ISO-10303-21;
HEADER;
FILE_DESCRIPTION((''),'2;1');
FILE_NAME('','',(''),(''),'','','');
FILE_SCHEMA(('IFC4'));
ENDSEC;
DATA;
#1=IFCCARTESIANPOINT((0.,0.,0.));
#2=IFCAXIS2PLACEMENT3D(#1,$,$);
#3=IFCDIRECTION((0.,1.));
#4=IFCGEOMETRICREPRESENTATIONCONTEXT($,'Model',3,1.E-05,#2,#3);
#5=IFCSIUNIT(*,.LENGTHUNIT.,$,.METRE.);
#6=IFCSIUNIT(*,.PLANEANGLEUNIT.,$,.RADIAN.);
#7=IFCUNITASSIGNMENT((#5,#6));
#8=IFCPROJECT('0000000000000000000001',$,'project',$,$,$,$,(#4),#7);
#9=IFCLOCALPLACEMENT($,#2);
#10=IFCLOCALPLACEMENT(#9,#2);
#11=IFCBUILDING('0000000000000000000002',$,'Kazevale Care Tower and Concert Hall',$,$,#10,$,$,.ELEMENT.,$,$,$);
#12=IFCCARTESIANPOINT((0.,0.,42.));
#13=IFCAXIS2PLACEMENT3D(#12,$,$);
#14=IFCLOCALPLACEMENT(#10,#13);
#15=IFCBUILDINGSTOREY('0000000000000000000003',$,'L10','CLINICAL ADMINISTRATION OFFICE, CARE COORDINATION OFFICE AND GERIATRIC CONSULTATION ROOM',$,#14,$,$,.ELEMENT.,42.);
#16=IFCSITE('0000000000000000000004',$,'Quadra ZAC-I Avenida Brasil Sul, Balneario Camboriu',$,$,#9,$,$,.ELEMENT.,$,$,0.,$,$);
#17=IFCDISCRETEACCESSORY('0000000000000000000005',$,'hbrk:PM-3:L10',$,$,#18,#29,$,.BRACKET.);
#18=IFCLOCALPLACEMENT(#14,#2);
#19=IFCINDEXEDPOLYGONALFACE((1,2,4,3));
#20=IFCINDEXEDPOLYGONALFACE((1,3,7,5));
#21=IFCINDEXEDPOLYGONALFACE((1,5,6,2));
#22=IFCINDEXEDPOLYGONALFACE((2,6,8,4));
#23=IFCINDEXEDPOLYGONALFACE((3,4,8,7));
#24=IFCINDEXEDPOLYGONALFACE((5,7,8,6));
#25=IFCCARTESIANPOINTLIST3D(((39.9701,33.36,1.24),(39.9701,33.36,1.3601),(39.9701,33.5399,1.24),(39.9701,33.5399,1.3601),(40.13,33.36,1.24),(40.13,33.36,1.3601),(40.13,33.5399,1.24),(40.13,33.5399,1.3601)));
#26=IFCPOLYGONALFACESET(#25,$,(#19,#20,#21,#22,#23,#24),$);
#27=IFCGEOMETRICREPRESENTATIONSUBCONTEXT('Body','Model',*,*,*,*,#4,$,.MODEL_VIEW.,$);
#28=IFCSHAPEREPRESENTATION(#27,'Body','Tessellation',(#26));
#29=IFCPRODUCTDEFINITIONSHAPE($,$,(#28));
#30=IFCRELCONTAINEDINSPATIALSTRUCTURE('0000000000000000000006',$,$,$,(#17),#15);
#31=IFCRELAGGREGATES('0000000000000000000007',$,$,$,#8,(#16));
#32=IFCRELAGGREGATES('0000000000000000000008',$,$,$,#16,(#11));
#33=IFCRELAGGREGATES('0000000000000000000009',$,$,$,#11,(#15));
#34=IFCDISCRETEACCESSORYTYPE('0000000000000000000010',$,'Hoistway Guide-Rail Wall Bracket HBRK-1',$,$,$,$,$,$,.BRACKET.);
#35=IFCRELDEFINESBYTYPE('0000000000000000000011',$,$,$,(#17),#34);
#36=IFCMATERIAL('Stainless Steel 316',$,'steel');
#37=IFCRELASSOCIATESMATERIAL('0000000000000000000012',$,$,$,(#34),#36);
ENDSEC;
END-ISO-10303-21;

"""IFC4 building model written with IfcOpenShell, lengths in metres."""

from ifc_helpers import new_model, si_unit, direction, frame, origin, origin_2d, place, context, subcontext, project, spatial, rectangle, extrude, material, type_object, element, save


model = new_model("IFC4")

# Units and contexts
model_context = context("Model", 3, precision=1e-05, world=origin(), true_north=direction((0.0, 1.0)))
body_context = subcontext(model_context, "Body", "Model", "MODEL_VIEW")
ifc_project = project(units=[si_unit("LENGTHUNIT", "METRE"), si_unit("PLANEANGLEUNIT", "RADIAN")], contexts=[model_context])

# Site, building, storey
site_placement = place(None, origin())
site = spatial("IfcSite", under=ifc_project, at=site_placement, Name="Quadra ZAC-I Avenida Brasil Sul, Balneario Camboriu", CompositionType="ELEMENT", RefElevation=0.0)
building_placement = place(site_placement, origin())
building = spatial("IfcBuilding", under=site, at=building_placement, Name="Kazevale Care Tower and Concert Hall", CompositionType="ELEMENT")
storey_placement = place(building_placement, frame((0.0, 0.0, 42.0)))
storey = spatial("IfcBuildingStorey", under=building, at=storey_placement, Name="L10", Description="CLINICAL ADMINISTRATION OFFICE, CARE COORDINATION OFFICE AND GERIATRIC CONSULTATION ROOM", CompositionType="ELEMENT", Elevation=42.0)

# Shared definitions
ifc_material_1 = material(Name="Stainless Steel 316", Category="steel")

# Discrete accessory
discrete_accessory_type = type_object("IfcDiscreteAccessoryType", Name="Hoistway Guide-Rail Wall Bracket HBRK-1", PredefinedType="BRACKET", material=ifc_material_1)
for number, where, z_axis, x_axis, name in (
    (1, (40.05, 33.45, 1.24), (0.0, 0.0, 1.0), (1.0, 0.0, 0.0), "hbrk:PM-3:L10"),
):
    element("IfcDiscreteAccessory", number, at=place(storey_placement, frame(where, z_axis=z_axis, x_axis=x_axis)), inside=storey, type_object=discrete_accessory_type, Name=name, PredefinedType="BRACKET", context=body_context, shape_type="SweptSolid", body=[
        extrude(rectangle(XDim=0.1599, YDim=0.1799, at=origin_2d()), origin(), (0.0, 0.0, 1.0), 0.1201),
    ])

save(model, "model.ifc")
